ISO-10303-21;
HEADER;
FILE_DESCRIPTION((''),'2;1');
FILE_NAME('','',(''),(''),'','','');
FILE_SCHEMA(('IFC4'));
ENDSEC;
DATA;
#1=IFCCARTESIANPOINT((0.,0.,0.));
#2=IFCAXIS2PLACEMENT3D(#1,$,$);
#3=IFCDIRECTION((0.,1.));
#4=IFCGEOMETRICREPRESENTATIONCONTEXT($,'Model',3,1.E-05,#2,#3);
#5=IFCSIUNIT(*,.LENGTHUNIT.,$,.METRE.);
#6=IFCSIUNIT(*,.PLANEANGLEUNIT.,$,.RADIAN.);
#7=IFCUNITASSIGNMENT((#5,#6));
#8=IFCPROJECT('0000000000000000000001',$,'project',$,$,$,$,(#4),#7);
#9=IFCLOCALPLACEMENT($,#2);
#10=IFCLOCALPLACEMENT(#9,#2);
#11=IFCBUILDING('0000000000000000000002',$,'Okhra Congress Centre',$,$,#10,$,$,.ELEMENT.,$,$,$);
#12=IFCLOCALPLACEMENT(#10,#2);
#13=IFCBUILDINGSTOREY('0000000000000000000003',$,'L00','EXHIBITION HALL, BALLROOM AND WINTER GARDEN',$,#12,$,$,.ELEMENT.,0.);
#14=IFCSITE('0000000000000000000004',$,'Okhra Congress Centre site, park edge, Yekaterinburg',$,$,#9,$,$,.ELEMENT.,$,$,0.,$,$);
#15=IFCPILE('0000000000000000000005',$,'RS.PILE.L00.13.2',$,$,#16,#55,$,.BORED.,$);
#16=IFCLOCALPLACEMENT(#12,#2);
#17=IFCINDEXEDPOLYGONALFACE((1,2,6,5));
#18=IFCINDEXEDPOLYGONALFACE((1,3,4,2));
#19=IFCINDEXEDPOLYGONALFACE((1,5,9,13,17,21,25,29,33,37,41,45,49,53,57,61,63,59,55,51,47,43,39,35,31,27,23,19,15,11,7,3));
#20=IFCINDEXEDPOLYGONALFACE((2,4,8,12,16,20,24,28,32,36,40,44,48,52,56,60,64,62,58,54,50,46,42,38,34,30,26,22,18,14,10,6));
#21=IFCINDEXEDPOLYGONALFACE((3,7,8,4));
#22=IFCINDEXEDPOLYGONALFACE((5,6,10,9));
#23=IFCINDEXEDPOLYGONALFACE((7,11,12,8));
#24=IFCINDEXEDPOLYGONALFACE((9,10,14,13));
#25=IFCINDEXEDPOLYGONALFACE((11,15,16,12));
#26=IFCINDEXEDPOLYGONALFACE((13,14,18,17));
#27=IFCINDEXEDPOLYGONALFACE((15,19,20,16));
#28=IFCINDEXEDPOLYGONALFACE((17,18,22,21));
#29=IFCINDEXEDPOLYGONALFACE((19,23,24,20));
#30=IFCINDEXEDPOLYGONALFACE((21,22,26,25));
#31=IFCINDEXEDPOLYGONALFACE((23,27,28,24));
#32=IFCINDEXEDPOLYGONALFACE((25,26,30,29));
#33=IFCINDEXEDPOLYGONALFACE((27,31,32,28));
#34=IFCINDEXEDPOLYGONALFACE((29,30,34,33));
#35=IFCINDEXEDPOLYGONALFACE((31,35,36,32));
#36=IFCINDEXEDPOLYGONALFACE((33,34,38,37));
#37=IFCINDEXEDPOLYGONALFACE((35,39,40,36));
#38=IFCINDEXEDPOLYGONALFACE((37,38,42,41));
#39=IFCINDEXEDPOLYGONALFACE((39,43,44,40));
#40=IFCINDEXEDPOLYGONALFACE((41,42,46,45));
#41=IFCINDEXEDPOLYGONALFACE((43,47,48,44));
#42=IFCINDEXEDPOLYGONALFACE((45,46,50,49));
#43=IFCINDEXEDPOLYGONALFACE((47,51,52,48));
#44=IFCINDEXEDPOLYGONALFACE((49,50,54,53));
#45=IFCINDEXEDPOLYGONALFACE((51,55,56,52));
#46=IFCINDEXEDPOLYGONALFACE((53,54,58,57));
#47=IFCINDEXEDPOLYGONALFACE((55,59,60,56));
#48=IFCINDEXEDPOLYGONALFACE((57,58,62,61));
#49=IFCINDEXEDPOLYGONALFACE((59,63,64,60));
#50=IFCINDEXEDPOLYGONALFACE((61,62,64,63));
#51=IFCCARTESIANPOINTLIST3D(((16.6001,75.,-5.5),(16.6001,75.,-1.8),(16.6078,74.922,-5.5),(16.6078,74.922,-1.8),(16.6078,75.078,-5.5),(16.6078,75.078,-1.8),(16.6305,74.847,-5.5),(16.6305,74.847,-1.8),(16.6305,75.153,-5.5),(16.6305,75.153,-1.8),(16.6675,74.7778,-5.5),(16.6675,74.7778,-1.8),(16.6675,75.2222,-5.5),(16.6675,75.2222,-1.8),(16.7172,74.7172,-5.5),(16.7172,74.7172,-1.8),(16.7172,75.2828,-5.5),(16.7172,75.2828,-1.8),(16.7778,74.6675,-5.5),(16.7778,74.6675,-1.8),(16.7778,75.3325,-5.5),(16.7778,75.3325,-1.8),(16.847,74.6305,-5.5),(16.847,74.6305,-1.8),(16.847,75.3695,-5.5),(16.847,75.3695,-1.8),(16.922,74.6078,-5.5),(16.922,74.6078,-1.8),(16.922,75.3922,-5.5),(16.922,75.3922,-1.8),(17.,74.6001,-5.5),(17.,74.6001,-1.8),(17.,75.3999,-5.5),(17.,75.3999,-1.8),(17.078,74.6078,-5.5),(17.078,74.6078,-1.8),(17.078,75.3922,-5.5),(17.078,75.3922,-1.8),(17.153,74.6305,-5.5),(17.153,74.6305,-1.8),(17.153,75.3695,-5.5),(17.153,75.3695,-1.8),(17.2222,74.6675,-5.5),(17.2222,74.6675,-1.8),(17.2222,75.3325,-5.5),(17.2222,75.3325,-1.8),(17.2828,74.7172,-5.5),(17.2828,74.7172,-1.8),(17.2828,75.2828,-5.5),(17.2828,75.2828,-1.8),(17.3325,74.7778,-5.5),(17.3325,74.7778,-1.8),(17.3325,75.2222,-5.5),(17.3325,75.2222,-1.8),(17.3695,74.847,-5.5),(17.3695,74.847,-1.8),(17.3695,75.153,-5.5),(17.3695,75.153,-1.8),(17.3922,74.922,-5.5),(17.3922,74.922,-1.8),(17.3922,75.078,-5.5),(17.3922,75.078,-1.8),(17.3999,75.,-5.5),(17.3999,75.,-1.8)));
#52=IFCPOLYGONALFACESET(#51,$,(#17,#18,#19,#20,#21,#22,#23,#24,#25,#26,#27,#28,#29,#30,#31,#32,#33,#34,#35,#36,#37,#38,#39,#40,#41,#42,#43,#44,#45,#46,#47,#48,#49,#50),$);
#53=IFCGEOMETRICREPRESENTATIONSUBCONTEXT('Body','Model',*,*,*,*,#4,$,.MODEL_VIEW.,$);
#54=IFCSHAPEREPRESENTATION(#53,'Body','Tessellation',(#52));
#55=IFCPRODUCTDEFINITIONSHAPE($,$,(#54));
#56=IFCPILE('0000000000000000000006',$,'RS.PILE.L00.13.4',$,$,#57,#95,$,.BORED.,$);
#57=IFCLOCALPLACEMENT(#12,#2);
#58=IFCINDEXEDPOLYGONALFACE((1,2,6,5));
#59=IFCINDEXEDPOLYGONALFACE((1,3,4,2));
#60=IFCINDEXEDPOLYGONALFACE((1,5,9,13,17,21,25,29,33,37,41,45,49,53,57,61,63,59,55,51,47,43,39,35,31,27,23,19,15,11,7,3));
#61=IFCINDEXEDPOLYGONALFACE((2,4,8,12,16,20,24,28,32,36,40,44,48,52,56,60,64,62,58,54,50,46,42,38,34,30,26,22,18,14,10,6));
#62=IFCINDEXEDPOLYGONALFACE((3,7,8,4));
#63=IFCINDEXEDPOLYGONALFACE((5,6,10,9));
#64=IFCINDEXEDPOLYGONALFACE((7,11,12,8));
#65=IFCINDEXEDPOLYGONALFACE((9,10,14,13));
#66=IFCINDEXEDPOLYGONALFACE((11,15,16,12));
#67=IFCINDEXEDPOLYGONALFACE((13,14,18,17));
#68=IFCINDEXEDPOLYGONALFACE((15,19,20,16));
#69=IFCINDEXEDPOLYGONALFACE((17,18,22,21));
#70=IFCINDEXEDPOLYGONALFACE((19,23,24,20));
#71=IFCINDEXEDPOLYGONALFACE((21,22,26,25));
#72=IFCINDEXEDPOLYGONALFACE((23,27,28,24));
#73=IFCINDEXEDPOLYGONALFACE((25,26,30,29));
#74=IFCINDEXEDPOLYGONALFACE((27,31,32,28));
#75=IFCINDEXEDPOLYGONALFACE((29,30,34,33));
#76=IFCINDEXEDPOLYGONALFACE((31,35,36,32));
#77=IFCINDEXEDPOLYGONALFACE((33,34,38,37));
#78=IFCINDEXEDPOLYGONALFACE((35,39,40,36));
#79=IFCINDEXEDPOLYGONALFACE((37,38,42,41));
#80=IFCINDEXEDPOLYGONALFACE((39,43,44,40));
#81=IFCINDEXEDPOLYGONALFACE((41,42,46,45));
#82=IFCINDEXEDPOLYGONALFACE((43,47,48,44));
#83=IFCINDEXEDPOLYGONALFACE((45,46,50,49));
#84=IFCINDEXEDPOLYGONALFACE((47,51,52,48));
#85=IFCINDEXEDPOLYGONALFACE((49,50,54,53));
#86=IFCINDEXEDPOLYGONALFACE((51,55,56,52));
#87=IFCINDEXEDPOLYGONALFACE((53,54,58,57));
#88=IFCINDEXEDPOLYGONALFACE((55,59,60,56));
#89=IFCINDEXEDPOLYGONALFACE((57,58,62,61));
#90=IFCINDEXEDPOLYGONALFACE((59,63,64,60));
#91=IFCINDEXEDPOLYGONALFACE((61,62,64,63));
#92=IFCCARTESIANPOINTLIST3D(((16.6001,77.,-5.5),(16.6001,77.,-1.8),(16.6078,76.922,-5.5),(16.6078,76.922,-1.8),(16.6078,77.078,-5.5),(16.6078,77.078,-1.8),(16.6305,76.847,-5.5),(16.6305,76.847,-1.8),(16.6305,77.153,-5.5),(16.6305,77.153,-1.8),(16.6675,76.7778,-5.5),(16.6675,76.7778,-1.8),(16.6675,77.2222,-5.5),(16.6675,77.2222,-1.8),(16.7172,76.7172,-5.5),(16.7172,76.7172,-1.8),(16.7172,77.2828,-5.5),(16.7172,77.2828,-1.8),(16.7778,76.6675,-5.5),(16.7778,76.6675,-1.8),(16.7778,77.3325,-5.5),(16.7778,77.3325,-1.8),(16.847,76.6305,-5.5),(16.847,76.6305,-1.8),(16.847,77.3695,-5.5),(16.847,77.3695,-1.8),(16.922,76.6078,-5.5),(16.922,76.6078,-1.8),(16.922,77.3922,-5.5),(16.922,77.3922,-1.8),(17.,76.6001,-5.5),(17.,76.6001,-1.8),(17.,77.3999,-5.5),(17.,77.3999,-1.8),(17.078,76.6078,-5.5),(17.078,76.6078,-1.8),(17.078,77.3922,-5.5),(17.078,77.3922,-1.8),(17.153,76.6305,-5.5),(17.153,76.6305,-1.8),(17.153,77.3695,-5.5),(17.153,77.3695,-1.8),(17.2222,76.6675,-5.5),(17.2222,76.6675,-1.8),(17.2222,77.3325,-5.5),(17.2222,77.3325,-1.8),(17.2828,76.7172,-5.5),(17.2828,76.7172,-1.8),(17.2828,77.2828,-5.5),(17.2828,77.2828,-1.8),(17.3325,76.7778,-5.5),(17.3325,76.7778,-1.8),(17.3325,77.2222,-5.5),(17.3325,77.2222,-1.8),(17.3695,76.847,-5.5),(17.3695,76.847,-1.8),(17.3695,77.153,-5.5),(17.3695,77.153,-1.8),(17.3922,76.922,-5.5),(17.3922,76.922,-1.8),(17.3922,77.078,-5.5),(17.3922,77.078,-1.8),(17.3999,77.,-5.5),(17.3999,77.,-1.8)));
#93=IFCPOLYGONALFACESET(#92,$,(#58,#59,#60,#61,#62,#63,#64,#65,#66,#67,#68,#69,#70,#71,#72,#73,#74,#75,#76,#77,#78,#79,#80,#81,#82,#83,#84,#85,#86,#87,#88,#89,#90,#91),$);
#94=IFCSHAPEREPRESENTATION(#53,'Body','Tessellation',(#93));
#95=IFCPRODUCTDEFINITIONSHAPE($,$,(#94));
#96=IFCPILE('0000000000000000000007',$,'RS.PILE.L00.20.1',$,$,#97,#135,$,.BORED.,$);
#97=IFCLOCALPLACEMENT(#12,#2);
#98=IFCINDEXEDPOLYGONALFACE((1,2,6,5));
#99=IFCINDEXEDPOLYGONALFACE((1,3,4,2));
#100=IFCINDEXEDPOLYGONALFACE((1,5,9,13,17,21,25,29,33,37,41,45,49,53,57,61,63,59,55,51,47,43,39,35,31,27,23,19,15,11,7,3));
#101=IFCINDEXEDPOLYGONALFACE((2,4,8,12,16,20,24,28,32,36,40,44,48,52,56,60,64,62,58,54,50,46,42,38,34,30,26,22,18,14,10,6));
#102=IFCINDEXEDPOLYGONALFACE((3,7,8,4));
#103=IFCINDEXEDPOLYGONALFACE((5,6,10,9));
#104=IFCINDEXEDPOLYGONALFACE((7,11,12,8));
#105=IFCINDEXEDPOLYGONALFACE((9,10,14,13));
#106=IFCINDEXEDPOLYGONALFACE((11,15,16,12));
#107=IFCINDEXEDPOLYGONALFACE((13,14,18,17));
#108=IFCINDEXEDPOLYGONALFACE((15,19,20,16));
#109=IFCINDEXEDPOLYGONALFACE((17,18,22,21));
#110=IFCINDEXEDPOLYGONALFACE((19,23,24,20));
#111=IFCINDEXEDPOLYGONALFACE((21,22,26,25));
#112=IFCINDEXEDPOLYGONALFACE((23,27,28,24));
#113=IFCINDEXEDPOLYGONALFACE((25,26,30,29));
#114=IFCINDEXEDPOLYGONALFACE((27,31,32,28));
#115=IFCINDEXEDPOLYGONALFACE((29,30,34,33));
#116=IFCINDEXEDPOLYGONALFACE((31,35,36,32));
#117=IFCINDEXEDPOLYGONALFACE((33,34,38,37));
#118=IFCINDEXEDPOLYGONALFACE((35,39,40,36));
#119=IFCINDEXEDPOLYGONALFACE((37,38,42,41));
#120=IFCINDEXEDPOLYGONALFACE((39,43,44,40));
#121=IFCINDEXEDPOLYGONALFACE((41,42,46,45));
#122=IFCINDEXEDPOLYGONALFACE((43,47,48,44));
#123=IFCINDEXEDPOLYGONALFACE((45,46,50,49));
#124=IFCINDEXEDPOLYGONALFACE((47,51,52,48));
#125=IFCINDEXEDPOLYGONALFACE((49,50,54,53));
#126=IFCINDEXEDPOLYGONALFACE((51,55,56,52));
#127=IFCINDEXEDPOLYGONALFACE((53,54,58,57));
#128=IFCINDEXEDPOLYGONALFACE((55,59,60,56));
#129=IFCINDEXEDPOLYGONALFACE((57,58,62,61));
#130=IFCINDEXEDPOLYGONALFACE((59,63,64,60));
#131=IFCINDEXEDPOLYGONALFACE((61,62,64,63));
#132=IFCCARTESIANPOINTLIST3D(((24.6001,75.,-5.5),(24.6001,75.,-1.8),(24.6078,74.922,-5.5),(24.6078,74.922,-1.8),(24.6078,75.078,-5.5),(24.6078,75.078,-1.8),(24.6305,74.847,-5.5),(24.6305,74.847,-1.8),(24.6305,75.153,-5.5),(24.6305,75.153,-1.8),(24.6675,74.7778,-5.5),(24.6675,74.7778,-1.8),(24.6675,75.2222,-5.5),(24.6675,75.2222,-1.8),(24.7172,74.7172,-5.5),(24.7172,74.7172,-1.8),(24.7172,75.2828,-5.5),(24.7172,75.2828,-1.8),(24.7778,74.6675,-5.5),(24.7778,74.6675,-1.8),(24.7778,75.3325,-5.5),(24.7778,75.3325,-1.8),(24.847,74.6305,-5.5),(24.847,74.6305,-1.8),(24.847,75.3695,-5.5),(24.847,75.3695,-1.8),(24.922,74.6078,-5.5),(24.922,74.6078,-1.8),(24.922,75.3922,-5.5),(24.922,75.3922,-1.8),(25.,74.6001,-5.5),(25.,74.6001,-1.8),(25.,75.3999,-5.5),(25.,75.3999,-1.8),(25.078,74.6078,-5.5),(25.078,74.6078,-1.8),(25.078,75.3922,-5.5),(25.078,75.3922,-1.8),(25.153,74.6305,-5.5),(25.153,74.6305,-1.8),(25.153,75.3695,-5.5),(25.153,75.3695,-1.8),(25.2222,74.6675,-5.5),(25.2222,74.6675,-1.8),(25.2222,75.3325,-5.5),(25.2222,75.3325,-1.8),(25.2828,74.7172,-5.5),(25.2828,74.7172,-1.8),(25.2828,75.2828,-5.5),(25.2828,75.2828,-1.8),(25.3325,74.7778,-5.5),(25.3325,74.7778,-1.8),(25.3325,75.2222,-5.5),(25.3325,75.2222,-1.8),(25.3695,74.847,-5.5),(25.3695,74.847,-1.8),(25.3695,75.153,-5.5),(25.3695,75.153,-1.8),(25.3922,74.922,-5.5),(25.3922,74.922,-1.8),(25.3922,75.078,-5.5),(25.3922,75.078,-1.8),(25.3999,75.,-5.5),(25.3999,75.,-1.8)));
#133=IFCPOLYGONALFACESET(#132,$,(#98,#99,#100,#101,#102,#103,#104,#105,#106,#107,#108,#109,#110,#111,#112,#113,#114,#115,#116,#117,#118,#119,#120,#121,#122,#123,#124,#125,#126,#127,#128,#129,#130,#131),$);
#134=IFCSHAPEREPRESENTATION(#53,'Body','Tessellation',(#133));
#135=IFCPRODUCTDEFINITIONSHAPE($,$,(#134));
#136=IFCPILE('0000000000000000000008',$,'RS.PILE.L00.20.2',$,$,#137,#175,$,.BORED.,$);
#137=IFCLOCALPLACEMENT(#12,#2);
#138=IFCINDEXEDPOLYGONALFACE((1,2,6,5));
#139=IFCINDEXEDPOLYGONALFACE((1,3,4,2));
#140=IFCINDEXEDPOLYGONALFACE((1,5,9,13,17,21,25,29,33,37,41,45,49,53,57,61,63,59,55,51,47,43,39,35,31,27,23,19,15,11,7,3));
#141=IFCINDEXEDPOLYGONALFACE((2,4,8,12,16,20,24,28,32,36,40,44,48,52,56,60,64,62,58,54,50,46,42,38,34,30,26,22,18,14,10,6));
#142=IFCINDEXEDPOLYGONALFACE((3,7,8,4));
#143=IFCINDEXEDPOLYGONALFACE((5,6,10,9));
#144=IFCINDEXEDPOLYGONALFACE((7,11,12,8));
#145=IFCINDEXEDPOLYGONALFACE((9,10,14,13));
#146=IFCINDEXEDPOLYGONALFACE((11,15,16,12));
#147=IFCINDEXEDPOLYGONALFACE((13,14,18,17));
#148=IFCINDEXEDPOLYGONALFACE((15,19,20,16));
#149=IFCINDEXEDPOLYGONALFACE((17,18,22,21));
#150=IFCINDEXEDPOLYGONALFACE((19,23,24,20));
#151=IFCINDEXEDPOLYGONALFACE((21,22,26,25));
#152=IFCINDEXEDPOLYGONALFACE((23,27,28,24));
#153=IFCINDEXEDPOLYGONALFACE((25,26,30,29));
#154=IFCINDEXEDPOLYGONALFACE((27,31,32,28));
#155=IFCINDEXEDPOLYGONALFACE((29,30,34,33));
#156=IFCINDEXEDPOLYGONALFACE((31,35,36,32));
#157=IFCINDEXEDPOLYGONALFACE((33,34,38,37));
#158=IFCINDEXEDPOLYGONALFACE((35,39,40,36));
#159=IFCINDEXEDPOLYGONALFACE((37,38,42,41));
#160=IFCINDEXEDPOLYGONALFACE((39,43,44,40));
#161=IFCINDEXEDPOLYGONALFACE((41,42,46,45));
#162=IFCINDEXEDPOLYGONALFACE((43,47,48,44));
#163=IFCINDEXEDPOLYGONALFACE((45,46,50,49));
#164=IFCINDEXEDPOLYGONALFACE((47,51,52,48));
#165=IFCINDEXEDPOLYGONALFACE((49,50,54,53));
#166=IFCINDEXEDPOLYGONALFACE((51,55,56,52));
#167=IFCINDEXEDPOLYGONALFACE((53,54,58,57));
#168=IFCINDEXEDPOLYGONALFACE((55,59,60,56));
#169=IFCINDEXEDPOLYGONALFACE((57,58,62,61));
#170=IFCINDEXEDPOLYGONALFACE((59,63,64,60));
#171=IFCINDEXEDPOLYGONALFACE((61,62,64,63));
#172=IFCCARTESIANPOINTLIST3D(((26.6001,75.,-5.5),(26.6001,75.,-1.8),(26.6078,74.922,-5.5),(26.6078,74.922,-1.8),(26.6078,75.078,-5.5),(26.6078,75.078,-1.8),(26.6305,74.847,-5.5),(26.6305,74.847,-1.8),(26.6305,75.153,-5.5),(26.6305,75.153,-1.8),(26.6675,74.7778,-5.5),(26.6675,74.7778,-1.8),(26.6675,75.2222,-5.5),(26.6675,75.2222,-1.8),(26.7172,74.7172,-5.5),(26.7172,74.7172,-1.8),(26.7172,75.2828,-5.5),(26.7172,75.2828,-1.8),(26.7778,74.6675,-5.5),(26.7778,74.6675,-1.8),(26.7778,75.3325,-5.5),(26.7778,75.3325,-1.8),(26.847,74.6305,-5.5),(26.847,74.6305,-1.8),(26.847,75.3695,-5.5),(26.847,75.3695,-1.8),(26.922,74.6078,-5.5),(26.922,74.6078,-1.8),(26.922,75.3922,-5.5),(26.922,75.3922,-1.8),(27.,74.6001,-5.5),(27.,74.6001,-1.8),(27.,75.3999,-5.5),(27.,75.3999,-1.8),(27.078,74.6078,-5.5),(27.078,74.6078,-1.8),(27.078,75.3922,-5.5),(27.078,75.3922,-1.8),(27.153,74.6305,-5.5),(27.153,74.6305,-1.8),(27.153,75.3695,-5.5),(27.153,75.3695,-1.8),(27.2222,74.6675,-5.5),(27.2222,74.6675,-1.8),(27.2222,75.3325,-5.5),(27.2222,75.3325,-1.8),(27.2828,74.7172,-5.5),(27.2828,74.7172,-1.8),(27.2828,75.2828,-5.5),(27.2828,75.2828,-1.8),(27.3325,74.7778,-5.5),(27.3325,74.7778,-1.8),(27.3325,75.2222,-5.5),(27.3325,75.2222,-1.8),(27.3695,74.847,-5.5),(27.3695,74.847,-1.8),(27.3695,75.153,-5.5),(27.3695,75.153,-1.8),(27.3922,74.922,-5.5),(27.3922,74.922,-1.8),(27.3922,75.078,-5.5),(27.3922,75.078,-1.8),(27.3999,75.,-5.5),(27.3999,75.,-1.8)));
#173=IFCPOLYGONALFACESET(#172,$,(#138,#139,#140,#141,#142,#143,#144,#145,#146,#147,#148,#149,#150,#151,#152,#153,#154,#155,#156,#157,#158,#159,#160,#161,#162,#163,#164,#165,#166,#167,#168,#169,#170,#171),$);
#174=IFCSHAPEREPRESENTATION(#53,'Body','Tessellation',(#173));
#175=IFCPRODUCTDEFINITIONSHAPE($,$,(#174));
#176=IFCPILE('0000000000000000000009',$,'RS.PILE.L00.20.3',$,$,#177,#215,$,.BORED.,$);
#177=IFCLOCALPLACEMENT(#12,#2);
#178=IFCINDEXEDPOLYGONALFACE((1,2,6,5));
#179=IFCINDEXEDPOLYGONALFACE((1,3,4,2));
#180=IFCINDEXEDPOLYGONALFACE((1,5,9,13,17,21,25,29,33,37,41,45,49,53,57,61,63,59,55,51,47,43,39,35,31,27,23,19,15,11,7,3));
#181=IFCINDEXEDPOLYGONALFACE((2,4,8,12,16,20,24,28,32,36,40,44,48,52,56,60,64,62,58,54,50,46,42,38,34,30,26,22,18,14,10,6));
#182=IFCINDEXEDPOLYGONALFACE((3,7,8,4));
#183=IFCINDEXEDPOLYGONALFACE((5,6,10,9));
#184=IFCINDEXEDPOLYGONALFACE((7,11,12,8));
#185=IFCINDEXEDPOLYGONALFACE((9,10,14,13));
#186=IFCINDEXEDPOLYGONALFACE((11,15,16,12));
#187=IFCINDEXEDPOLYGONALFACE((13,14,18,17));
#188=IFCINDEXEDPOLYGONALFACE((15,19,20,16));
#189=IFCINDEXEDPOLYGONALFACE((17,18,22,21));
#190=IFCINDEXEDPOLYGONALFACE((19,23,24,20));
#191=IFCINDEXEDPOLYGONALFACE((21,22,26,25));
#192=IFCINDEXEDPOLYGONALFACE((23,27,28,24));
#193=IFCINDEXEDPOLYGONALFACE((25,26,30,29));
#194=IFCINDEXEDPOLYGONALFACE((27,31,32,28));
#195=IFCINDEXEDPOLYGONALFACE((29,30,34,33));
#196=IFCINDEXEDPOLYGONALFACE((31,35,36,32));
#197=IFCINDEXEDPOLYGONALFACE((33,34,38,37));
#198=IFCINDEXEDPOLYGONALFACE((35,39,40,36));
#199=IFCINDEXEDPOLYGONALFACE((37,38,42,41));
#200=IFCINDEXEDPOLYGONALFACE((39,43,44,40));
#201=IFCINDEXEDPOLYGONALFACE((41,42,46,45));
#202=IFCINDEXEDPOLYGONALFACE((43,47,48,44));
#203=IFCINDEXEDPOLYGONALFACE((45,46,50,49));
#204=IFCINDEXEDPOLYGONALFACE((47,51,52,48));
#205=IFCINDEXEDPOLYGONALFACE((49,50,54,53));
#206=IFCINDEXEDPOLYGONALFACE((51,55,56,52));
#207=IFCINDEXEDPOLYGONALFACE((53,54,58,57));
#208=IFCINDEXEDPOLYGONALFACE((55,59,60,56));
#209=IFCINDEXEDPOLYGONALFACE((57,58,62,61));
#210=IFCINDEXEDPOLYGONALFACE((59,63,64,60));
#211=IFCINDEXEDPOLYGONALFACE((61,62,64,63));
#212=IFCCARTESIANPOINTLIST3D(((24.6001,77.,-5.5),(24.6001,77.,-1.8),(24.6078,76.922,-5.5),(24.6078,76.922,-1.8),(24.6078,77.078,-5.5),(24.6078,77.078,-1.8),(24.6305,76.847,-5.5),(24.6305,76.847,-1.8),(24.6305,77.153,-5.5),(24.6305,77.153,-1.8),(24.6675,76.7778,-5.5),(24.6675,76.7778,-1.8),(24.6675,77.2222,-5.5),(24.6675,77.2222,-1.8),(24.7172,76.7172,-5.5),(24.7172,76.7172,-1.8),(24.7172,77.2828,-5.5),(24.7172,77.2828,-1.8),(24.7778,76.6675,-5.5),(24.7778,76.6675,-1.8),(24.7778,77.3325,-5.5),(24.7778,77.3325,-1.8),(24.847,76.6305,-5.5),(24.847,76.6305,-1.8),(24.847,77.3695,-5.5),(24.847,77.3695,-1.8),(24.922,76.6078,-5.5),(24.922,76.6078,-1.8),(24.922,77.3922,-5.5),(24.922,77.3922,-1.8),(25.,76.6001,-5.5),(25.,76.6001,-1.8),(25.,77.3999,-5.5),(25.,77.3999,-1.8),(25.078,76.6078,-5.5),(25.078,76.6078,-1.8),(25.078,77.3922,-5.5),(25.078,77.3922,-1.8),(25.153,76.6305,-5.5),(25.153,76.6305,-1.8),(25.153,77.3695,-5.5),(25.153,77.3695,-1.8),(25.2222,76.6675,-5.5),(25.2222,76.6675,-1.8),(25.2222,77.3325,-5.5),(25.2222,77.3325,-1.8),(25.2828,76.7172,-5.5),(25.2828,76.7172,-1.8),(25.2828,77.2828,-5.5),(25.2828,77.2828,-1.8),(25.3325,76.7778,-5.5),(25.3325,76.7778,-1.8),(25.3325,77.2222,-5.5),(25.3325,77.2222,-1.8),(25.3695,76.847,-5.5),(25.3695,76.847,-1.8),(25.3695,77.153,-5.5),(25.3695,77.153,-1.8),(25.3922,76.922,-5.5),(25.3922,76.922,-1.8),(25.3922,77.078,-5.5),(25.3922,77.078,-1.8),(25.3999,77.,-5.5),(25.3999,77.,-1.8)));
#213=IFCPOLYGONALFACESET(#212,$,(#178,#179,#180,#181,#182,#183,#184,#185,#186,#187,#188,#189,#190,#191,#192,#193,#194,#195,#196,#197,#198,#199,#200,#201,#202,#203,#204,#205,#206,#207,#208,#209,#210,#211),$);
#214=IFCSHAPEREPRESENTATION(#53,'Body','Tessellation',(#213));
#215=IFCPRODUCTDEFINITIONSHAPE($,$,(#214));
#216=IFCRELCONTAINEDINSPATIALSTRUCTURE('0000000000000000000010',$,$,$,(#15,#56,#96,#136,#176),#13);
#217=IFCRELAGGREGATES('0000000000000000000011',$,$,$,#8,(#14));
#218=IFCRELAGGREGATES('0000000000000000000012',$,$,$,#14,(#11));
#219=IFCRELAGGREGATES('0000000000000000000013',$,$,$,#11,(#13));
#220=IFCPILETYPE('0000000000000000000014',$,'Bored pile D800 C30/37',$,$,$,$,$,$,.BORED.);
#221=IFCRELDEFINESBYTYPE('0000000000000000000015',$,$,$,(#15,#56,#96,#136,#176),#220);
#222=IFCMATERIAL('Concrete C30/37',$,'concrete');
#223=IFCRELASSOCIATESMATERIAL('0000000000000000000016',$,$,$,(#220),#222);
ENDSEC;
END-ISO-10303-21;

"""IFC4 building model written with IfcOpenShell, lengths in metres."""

from ifc_helpers import new_model, si_unit, direction, frame, origin, origin_2d, place, context, subcontext, project, spatial, circle, extrude, material, material_profile, profile_set, type_object, element, save


model = new_model("IFC4")

# Units and contexts
model_context = context("Model", 3, precision=1e-05, world=origin(), true_north=direction((0.0, 1.0)))
body_context = subcontext(model_context, "Body", "Model", "MODEL_VIEW")
ifc_project = project(units=[si_unit("LENGTHUNIT", "METRE"), si_unit("PLANEANGLEUNIT", "RADIAN")], contexts=[model_context])

# Site, building, storey
site_placement = place(None, origin())
site = spatial("IfcSite", under=ifc_project, at=site_placement, Name="Okhra Congress Centre site, park edge, Yekaterinburg", CompositionType="ELEMENT", RefElevation=0.0)
building_placement = place(site_placement, origin())
building = spatial("IfcBuilding", under=site, at=building_placement, Name="Okhra Congress Centre", CompositionType="ELEMENT")
storey_placement = place(building_placement, origin())
storey = spatial("IfcBuildingStorey", under=building, at=storey_placement, Name="L00", Description="EXHIBITION HALL, BALLROOM AND WINTER GARDEN", CompositionType="ELEMENT", Elevation=0.0)

# Piles
ifc_material_1 = material(Name="Concrete C30/37", Category="concrete")
ifc_material_profile_1 = material_profile(ifc_material_1, circle(Radius=0.3999, at=origin_2d()), Name="D800")
ifc_profile_set_1 = profile_set([ifc_material_profile_1], Name="Concrete C30/37")
pile_type = type_object("IfcPileType", Name="Bored pile D800 C30/37", PredefinedType="BORED", material=ifc_profile_set_1)
for number, where, z_axis, x_axis, name in (
    (1, (17.0, 75.0, -1.8), (0.0, 0.0, -1.0), (1.0, 0.0, 0.0), "RS.PILE.L00.13.2"),
    (2, (17.0, 77.0, -1.8), (0.0, 0.0, -1.0), (1.0, 0.0, 0.0), "RS.PILE.L00.13.4"),
    (3, (25.0, 75.0, -1.8), (0.0, 0.0, -1.0), (1.0, 0.0, 0.0), "RS.PILE.L00.20.1"),
    (4, (27.0, 75.0, -1.8), (0.0, 0.0, -1.0), (1.0, 0.0, 0.0), "RS.PILE.L00.20.2"),
    (5, (25.0, 77.0, -1.8), (0.0, 0.0, -1.0), (1.0, 0.0, 0.0), "RS.PILE.L00.20.3"),
):
    element("IfcPile", number, at=place(storey_placement, frame(where, z_axis=z_axis, x_axis=x_axis)), inside=storey, type_object=pile_type, Name=name, PredefinedType="BORED", context=body_context, shape_type="SweptSolid", body=[
        extrude(circle(Radius=0.3999, at=origin_2d()), origin(), (0.0, 0.0, 1.0), 3.7),
    ])

save(model, "model.ifc")
